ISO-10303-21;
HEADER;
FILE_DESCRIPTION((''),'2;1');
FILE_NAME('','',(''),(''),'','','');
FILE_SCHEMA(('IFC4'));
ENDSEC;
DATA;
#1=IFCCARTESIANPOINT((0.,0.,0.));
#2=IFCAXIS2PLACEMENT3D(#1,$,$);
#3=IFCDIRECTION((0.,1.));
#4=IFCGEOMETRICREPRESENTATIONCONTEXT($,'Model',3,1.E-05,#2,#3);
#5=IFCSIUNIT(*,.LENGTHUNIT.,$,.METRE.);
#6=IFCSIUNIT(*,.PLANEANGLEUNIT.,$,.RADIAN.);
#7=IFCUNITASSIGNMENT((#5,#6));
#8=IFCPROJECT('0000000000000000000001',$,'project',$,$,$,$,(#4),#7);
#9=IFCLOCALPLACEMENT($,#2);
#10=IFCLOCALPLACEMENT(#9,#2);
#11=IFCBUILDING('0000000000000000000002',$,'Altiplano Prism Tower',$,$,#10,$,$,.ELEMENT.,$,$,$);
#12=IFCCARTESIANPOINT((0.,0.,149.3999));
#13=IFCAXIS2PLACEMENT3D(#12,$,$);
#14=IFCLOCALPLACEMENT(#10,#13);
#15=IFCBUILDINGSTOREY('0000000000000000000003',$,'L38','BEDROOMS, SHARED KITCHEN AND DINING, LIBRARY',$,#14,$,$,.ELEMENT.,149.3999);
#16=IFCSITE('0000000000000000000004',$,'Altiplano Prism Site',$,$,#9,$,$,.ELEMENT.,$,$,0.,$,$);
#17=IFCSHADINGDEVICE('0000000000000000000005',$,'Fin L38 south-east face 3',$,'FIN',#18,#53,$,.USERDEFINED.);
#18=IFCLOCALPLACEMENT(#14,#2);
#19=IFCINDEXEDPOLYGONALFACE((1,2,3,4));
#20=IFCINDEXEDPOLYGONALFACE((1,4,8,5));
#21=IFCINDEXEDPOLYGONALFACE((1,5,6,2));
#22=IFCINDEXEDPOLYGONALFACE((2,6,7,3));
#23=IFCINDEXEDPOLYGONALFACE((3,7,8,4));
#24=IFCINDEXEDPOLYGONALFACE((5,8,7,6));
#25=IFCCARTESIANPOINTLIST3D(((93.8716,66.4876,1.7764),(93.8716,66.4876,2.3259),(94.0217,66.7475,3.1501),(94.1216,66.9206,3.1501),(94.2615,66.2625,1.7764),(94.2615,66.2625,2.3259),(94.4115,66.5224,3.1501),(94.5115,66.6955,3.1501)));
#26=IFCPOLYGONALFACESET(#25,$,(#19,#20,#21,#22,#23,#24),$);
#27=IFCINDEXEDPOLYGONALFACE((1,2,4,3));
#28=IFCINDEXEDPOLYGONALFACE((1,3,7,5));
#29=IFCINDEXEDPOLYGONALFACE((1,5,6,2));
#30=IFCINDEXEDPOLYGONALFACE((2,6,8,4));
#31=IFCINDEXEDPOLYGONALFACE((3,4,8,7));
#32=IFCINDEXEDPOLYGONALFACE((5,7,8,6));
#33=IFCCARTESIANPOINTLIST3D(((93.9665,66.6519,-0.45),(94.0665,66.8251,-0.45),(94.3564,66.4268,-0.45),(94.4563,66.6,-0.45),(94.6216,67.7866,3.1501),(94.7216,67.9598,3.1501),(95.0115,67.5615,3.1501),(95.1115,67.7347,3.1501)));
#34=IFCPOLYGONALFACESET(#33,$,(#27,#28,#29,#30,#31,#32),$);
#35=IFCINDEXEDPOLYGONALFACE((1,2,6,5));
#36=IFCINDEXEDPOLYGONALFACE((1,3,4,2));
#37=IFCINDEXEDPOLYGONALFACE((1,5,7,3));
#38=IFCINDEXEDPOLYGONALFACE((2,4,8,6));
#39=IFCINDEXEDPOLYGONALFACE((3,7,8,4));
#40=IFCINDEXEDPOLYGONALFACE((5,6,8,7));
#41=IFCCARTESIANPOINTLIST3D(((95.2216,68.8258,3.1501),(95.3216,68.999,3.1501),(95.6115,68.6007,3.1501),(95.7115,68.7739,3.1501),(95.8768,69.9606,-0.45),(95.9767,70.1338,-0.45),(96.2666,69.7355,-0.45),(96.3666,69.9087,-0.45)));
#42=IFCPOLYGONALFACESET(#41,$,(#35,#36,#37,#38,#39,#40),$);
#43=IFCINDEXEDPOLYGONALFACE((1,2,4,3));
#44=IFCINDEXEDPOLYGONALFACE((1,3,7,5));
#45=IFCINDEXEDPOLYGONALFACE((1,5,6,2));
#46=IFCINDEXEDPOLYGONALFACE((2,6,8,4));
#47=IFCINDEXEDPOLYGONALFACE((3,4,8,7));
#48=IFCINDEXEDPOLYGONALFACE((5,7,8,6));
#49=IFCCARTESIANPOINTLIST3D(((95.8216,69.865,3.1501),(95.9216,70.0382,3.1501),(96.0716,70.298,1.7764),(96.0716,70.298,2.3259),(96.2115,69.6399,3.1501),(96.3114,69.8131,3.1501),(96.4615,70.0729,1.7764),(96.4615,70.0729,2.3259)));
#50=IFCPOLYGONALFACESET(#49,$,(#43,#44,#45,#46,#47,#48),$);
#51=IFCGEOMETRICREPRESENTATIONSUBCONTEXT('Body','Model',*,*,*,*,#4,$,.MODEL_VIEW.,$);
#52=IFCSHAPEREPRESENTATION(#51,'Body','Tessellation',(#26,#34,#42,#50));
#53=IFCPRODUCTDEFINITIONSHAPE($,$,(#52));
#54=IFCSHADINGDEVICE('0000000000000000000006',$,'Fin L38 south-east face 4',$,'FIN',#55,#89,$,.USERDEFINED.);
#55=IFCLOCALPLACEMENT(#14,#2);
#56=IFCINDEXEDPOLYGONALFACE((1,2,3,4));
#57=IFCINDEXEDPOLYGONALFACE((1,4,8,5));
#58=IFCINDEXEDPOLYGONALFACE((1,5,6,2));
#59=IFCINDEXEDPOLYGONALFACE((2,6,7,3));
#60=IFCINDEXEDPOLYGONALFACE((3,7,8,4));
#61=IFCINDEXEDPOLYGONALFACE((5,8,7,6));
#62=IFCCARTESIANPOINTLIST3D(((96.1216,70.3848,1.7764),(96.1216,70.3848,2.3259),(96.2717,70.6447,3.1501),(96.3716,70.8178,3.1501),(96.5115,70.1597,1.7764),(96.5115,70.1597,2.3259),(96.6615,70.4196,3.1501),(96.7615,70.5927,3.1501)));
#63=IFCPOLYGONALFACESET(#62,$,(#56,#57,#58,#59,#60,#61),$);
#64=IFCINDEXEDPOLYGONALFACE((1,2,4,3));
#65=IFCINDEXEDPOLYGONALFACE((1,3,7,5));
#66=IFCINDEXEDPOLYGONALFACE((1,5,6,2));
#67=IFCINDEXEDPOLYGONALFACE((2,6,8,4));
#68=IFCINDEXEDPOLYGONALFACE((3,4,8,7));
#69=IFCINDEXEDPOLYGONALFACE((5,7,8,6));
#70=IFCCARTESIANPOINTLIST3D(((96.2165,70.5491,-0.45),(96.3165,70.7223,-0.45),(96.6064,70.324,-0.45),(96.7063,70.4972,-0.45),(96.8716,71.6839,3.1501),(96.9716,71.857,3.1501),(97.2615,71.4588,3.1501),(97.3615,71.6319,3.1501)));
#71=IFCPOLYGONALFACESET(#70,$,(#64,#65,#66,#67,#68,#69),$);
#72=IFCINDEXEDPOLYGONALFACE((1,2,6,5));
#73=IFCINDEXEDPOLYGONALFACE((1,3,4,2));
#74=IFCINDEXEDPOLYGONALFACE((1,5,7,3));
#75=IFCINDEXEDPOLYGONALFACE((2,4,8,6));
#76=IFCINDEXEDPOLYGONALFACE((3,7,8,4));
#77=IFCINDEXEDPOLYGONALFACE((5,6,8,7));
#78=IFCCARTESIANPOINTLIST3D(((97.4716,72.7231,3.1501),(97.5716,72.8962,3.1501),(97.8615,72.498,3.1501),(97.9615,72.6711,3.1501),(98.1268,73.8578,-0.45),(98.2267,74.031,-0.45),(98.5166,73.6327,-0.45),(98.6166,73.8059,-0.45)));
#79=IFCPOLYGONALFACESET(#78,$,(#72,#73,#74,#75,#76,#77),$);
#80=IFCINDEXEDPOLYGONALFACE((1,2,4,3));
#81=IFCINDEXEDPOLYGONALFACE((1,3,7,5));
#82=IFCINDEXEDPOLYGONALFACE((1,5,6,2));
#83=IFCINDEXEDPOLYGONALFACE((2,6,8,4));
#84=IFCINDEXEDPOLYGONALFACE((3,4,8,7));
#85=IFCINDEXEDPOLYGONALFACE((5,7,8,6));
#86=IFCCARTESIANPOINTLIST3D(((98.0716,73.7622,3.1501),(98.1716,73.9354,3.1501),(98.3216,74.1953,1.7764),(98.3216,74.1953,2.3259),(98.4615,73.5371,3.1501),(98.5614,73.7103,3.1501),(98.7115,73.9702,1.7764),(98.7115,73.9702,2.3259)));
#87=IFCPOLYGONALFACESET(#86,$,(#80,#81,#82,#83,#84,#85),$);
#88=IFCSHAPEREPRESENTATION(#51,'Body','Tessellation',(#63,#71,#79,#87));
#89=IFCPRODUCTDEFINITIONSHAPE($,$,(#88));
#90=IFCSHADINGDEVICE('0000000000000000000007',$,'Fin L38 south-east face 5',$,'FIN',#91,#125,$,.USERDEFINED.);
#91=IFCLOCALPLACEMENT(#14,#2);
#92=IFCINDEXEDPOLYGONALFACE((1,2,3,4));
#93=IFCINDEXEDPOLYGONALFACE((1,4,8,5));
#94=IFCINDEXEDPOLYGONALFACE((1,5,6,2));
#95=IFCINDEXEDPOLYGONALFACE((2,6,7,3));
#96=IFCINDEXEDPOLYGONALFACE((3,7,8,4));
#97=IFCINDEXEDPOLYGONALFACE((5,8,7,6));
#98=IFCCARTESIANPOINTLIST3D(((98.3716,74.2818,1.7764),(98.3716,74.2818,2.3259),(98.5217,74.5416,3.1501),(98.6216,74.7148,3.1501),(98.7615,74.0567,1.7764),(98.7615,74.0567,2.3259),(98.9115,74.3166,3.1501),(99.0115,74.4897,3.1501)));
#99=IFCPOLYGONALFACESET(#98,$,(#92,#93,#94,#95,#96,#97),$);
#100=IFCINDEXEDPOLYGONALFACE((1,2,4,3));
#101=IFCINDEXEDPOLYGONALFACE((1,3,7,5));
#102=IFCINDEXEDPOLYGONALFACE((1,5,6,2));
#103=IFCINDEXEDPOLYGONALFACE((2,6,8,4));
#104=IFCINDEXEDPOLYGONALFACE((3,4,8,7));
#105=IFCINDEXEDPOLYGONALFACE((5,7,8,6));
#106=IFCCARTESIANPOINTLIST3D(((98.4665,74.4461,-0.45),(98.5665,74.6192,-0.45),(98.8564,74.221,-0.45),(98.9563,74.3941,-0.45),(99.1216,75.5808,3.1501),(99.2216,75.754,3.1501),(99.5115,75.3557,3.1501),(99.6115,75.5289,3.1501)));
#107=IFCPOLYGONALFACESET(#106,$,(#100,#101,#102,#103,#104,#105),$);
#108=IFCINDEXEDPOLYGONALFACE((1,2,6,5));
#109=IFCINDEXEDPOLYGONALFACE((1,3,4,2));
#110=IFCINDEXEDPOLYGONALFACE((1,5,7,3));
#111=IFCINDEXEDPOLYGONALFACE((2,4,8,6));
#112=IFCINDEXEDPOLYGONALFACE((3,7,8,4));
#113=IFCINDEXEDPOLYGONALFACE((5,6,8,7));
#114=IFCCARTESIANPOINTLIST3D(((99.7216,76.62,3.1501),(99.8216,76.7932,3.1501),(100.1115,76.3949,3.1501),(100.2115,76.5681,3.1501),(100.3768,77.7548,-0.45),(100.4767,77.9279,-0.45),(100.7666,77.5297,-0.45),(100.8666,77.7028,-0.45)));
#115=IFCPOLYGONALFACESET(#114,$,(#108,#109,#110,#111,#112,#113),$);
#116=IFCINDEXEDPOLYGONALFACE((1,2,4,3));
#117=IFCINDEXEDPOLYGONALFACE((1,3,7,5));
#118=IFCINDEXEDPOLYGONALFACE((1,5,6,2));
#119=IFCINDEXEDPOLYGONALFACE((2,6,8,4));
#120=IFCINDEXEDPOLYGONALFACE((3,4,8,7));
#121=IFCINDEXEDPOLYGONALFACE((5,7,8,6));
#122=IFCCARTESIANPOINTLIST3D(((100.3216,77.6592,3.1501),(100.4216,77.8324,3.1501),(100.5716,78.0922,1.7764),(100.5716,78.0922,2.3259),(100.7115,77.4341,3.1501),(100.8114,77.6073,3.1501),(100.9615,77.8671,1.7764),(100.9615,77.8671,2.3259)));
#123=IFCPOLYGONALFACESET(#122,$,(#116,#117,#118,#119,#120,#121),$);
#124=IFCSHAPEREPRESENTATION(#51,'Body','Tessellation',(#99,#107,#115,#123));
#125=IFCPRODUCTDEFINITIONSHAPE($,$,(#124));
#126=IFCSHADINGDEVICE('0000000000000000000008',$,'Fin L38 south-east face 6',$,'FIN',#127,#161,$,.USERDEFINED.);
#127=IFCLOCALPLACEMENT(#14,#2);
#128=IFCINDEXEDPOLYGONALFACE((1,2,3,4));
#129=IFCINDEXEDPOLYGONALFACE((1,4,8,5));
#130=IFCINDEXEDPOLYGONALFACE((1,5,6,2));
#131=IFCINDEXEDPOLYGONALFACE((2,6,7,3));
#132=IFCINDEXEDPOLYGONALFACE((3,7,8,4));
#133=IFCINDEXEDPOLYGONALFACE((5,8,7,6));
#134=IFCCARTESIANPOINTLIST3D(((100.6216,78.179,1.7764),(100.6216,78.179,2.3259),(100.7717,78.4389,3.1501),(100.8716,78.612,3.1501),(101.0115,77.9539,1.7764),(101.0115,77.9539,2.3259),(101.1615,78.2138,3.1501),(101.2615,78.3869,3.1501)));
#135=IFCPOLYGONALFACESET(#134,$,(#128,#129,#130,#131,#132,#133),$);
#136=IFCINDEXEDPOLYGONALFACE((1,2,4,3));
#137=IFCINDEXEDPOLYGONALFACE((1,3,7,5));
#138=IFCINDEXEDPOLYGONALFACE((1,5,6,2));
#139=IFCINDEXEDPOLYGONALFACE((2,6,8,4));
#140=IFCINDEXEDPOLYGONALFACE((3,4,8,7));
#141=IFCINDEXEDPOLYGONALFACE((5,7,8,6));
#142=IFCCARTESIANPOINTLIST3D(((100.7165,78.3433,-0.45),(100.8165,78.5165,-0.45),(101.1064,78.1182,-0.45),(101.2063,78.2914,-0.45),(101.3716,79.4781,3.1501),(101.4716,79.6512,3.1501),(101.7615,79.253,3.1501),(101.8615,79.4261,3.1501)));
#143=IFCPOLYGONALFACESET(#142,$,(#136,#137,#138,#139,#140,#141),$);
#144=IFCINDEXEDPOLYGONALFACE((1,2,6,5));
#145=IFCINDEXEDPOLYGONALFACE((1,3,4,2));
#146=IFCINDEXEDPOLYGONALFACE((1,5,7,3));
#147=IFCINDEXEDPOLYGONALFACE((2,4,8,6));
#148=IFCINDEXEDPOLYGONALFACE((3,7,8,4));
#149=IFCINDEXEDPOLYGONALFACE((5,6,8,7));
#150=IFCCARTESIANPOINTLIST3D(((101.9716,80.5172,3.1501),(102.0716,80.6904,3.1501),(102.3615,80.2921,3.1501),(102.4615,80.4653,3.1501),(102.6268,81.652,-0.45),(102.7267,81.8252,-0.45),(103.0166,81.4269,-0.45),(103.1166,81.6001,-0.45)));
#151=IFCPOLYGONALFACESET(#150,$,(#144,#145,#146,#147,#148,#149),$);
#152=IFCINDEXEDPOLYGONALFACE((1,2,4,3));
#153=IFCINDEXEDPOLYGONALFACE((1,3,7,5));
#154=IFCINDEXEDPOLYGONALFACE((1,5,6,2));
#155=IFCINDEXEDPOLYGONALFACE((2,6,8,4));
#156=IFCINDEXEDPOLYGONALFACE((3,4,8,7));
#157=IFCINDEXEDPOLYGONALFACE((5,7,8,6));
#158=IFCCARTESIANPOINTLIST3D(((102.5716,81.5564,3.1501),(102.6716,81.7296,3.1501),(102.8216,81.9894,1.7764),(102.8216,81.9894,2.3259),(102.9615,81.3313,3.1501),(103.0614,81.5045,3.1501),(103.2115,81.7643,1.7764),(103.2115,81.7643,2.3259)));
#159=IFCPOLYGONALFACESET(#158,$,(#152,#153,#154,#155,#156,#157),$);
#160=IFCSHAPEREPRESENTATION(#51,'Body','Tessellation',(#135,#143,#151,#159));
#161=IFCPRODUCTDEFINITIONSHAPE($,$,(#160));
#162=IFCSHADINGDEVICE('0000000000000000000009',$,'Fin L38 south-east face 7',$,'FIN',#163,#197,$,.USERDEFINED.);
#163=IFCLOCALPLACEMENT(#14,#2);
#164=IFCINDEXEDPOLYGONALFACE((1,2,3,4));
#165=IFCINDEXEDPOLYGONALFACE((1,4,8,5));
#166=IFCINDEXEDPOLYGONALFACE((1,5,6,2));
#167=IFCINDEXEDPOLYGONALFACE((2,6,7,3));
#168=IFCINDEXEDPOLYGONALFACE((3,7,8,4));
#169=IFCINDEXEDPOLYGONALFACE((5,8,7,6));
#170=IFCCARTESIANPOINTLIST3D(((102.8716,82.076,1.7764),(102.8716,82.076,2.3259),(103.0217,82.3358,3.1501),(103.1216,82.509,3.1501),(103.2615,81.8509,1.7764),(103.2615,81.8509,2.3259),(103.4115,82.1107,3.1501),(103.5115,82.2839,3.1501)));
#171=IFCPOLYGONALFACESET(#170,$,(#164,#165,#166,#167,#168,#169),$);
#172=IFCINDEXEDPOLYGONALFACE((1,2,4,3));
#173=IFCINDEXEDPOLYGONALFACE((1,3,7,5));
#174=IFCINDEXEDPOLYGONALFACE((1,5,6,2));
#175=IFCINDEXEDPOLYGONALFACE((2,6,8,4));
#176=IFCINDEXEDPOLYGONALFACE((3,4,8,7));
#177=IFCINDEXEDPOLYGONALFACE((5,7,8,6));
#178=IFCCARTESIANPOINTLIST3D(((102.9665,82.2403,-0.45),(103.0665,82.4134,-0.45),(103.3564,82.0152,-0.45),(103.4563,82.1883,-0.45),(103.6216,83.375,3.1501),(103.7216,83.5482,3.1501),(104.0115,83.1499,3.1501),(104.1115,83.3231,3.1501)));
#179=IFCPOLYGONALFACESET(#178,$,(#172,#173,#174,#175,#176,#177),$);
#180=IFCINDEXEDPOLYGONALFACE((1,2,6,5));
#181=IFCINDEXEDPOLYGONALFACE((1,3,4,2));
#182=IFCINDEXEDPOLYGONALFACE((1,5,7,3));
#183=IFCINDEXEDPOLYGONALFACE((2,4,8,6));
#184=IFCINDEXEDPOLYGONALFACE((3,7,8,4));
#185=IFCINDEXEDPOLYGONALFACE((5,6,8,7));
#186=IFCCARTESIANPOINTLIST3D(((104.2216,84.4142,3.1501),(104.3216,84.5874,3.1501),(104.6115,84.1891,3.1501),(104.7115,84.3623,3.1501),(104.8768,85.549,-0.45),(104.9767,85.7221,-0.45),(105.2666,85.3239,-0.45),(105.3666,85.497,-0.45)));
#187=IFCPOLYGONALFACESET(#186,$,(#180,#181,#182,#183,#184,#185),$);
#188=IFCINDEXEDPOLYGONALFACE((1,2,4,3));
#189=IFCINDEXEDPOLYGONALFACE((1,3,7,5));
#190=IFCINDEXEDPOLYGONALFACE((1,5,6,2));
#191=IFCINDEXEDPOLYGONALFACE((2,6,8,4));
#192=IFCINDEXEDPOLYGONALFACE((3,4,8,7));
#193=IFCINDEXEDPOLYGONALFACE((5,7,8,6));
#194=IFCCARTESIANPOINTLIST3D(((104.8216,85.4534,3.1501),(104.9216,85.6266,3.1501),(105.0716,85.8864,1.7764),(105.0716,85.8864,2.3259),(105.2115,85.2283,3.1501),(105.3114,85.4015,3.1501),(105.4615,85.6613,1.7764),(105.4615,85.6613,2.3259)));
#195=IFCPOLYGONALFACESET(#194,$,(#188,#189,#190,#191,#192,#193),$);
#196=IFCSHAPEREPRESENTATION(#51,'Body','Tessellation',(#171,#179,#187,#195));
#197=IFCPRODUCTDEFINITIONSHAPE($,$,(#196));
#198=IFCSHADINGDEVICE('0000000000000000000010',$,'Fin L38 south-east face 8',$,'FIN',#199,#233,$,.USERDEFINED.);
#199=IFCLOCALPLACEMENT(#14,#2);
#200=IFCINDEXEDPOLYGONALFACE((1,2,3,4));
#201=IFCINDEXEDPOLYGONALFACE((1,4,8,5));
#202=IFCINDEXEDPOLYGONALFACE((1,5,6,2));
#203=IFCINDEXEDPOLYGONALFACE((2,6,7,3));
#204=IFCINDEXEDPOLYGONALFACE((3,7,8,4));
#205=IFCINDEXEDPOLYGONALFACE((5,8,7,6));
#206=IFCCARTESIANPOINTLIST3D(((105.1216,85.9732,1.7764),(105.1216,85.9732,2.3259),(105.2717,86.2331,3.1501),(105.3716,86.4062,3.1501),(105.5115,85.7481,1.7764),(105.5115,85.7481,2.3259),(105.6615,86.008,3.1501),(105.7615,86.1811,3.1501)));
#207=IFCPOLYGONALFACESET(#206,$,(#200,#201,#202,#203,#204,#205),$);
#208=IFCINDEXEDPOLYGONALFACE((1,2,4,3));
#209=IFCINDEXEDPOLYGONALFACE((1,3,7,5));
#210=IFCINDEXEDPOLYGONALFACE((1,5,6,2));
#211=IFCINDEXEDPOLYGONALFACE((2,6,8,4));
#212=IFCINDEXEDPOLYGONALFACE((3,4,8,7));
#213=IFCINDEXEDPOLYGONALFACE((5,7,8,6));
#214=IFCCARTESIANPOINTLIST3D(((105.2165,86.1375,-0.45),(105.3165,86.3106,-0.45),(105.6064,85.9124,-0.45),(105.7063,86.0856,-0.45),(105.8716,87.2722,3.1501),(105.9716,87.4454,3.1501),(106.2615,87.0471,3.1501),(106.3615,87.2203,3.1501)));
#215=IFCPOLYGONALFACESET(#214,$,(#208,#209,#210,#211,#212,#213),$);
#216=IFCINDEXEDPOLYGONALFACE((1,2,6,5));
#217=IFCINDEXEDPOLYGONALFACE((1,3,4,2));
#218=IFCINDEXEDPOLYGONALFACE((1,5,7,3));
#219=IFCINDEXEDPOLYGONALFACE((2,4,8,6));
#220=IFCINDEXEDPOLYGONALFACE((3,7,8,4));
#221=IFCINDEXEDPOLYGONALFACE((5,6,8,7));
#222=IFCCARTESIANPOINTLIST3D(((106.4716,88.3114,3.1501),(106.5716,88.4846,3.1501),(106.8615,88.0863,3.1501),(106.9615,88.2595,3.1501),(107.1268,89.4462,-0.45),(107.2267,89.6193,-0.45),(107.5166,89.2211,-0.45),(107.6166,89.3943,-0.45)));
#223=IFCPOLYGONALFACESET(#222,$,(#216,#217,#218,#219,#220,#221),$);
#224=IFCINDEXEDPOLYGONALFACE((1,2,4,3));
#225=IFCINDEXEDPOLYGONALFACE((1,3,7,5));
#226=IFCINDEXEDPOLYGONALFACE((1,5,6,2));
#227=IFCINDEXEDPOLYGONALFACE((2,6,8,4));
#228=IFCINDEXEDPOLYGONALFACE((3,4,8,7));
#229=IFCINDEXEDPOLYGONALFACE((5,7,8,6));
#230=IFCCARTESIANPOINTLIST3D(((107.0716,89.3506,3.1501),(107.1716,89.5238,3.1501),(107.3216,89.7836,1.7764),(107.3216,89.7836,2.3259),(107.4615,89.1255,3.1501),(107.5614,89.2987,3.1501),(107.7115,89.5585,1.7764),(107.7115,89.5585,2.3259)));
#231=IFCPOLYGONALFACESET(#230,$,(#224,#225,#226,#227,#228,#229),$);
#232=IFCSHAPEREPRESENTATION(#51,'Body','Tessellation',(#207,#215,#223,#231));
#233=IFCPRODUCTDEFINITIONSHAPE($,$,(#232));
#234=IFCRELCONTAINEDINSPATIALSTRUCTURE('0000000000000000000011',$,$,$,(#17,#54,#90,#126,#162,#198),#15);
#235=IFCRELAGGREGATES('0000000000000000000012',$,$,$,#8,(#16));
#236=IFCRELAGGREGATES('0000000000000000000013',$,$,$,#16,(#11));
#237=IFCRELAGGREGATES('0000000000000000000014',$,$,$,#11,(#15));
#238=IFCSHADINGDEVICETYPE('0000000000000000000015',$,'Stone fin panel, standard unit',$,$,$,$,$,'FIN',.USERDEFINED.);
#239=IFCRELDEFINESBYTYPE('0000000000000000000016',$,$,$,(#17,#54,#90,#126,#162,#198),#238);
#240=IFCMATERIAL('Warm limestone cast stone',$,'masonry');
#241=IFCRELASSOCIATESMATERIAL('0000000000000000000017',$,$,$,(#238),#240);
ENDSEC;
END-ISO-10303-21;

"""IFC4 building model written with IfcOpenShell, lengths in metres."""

from ifc_helpers import new_model, si_unit, direction, frame, origin, place, context, subcontext, project, spatial, polyline, outline, extrude, source, transform, mapped, material, type_object, element, save


model = new_model("IFC4")

# Units and contexts
model_context = context("Model", 3, precision=1e-05, world=origin(), true_north=direction((0.0, 1.0)))
body_context = subcontext(model_context, "Body", "Model", "MODEL_VIEW")
ifc_project = project(units=[si_unit("LENGTHUNIT", "METRE"), si_unit("PLANEANGLEUNIT", "RADIAN")], contexts=[model_context])

# Site, building, storey
site_placement = place(None, origin())
site = spatial("IfcSite", under=ifc_project, at=site_placement, Name="Altiplano Prism Site", CompositionType="ELEMENT", RefElevation=0.0)
building_placement = place(site_placement, origin())
building = spatial("IfcBuilding", under=site, at=building_placement, Name="Altiplano Prism Tower", CompositionType="ELEMENT")
storey_placement = place(building_placement, frame((0.0, 0.0, 149.3999)))
storey = spatial("IfcBuildingStorey", under=building, at=storey_placement, Name="L38", Description="BEDROOMS, SHARED KITCHEN AND DINING, LIBRARY", CompositionType="ELEMENT", Elevation=149.3999)

# Shading devices
ifc_material_1 = material(Name="Warm limestone cast stone", Category="masonry")
shading_device_type_1 = type_object("IfcShadingDeviceType", Name="Stone fin panel, standard unit", ElementType="FIN", PredefinedType="USERDEFINED", material=ifc_material_1)
shared_shape_1 = source(origin(), body_context, "Body", "SweptSolid", [
    extrude(outline(polyline([(-2.2, 2.2263), (-1.7, 3.6001), (-1.8999, 3.6001), (-2.2, 2.7759), (-2.2, 2.2263)])), frame((0.0, -0.1499, 0.0), z_axis=(0.0, -1.0, 0.0), x_axis=(1.0, 0.0, 0.0)), (0.0, 0.0, 1.0), 0.4502),
    extrude(outline(polyline([(-2.0103, 0.0), (-1.8103, 0.0), (-0.5, 3.6001), (-0.7, 3.6001), (-2.0103, 0.0)])), frame((0.0, -0.1499, 0.0), z_axis=(0.0, -1.0, 0.0), x_axis=(1.0, 0.0, 0.0)), (0.0, 0.0, 1.0), 0.4502),
    extrude(outline(polyline([(1.8103, 0.0), (2.0103, 0.0), (0.7, 3.6001), (0.5, 3.6001), (1.8103, 0.0)])), frame((0.0, -0.1499, 0.0), z_axis=(0.0, -1.0, 0.0), x_axis=(1.0, 0.0, 0.0)), (0.0, 0.0, 1.0), 0.4502),
    extrude(outline(polyline([(2.2, 2.7759), (1.8999, 3.6001), (1.7, 3.6001), (2.2, 2.2263), (2.2, 2.7759)])), frame((0.0, -0.1499, 0.0), z_axis=(0.0, -1.0, 0.0), x_axis=(1.0, 0.0, 0.0)), (0.0, 0.0, 1.0), 0.4502),
])
shading_device_1_placement = place(storey_placement, origin())
element("IfcShadingDevice", 1, at=shading_device_1_placement, inside=storey, type_object=shading_device_type_1, Name="Fin L38 south-east face 3", ObjectType="FIN", PredefinedType="USERDEFINED", context=body_context, shape_type="MappedRepresentation", body=[
    mapped(shared_shape_1, transform((94.8418, 68.4678, -0.45), x_axis=(0.5, 0.866025, 0.0), y_axis=(-0.866025, 0.5, 0.0), z_axis=(0.0, 0.0, 1.0))),
])
shading_device_2_placement = place(storey_placement, origin())
element("IfcShadingDevice", 2, at=shading_device_2_placement, inside=storey, type_object=shading_device_type_1, Name="Fin L38 south-east face 4", ObjectType="FIN", PredefinedType="USERDEFINED", context=body_context, shape_type="MappedRepresentation", body=[
    mapped(shared_shape_1, transform((97.0918, 72.365, -0.45), x_axis=(0.5, 0.866025, 0.0), y_axis=(-0.866025, 0.5, 0.0), z_axis=(0.0, 0.0, 1.0))),
])
shading_device_3_placement = place(storey_placement, origin())
element("IfcShadingDevice", 3, at=shading_device_3_placement, inside=storey, type_object=shading_device_type_1, Name="Fin L38 south-east face 5", ObjectType="FIN", PredefinedType="USERDEFINED", context=body_context, shape_type="MappedRepresentation", body=[
    mapped(shared_shape_1, transform((99.3418, 76.262, -0.45), x_axis=(0.5, 0.866025, 0.0), y_axis=(-0.866025, 0.5, 0.0), z_axis=(0.0, 0.0, 1.0))),
])
shading_device_4_placement = place(storey_placement, origin())
element("IfcShadingDevice", 4, at=shading_device_4_placement, inside=storey, type_object=shading_device_type_1, Name="Fin L38 south-east face 6", ObjectType="FIN", PredefinedType="USERDEFINED", context=body_context, shape_type="MappedRepresentation", body=[
    mapped(shared_shape_1, transform((101.5918, 80.1592, -0.45), x_axis=(0.5, 0.866025, 0.0), y_axis=(-0.866025, 0.5, 0.0), z_axis=(0.0, 0.0, 1.0))),
])
shading_device_5_placement = place(storey_placement, origin())
element("IfcShadingDevice", 5, at=shading_device_5_placement, inside=storey, type_object=shading_device_type_1, Name="Fin L38 south-east face 7", ObjectType="FIN", PredefinedType="USERDEFINED", context=body_context, shape_type="MappedRepresentation", body=[
    mapped(shared_shape_1, transform((103.8418, 84.0562, -0.45), x_axis=(0.5, 0.866025, 0.0), y_axis=(-0.866025, 0.5, 0.0), z_axis=(0.0, 0.0, 1.0))),
])
shading_device_6_placement = place(storey_placement, origin())
element("IfcShadingDevice", 6, at=shading_device_6_placement, inside=storey, type_object=shading_device_type_1, Name="Fin L38 south-east face 8", ObjectType="FIN", PredefinedType="USERDEFINED", context=body_context, shape_type="MappedRepresentation", body=[
    mapped(shared_shape_1, transform((106.0918, 87.9534, -0.45), x_axis=(0.5, 0.866025, 0.0), y_axis=(-0.866025, 0.5, 0.0), z_axis=(0.0, 0.0, 1.0))),
])

save(model, "model.ifc")
